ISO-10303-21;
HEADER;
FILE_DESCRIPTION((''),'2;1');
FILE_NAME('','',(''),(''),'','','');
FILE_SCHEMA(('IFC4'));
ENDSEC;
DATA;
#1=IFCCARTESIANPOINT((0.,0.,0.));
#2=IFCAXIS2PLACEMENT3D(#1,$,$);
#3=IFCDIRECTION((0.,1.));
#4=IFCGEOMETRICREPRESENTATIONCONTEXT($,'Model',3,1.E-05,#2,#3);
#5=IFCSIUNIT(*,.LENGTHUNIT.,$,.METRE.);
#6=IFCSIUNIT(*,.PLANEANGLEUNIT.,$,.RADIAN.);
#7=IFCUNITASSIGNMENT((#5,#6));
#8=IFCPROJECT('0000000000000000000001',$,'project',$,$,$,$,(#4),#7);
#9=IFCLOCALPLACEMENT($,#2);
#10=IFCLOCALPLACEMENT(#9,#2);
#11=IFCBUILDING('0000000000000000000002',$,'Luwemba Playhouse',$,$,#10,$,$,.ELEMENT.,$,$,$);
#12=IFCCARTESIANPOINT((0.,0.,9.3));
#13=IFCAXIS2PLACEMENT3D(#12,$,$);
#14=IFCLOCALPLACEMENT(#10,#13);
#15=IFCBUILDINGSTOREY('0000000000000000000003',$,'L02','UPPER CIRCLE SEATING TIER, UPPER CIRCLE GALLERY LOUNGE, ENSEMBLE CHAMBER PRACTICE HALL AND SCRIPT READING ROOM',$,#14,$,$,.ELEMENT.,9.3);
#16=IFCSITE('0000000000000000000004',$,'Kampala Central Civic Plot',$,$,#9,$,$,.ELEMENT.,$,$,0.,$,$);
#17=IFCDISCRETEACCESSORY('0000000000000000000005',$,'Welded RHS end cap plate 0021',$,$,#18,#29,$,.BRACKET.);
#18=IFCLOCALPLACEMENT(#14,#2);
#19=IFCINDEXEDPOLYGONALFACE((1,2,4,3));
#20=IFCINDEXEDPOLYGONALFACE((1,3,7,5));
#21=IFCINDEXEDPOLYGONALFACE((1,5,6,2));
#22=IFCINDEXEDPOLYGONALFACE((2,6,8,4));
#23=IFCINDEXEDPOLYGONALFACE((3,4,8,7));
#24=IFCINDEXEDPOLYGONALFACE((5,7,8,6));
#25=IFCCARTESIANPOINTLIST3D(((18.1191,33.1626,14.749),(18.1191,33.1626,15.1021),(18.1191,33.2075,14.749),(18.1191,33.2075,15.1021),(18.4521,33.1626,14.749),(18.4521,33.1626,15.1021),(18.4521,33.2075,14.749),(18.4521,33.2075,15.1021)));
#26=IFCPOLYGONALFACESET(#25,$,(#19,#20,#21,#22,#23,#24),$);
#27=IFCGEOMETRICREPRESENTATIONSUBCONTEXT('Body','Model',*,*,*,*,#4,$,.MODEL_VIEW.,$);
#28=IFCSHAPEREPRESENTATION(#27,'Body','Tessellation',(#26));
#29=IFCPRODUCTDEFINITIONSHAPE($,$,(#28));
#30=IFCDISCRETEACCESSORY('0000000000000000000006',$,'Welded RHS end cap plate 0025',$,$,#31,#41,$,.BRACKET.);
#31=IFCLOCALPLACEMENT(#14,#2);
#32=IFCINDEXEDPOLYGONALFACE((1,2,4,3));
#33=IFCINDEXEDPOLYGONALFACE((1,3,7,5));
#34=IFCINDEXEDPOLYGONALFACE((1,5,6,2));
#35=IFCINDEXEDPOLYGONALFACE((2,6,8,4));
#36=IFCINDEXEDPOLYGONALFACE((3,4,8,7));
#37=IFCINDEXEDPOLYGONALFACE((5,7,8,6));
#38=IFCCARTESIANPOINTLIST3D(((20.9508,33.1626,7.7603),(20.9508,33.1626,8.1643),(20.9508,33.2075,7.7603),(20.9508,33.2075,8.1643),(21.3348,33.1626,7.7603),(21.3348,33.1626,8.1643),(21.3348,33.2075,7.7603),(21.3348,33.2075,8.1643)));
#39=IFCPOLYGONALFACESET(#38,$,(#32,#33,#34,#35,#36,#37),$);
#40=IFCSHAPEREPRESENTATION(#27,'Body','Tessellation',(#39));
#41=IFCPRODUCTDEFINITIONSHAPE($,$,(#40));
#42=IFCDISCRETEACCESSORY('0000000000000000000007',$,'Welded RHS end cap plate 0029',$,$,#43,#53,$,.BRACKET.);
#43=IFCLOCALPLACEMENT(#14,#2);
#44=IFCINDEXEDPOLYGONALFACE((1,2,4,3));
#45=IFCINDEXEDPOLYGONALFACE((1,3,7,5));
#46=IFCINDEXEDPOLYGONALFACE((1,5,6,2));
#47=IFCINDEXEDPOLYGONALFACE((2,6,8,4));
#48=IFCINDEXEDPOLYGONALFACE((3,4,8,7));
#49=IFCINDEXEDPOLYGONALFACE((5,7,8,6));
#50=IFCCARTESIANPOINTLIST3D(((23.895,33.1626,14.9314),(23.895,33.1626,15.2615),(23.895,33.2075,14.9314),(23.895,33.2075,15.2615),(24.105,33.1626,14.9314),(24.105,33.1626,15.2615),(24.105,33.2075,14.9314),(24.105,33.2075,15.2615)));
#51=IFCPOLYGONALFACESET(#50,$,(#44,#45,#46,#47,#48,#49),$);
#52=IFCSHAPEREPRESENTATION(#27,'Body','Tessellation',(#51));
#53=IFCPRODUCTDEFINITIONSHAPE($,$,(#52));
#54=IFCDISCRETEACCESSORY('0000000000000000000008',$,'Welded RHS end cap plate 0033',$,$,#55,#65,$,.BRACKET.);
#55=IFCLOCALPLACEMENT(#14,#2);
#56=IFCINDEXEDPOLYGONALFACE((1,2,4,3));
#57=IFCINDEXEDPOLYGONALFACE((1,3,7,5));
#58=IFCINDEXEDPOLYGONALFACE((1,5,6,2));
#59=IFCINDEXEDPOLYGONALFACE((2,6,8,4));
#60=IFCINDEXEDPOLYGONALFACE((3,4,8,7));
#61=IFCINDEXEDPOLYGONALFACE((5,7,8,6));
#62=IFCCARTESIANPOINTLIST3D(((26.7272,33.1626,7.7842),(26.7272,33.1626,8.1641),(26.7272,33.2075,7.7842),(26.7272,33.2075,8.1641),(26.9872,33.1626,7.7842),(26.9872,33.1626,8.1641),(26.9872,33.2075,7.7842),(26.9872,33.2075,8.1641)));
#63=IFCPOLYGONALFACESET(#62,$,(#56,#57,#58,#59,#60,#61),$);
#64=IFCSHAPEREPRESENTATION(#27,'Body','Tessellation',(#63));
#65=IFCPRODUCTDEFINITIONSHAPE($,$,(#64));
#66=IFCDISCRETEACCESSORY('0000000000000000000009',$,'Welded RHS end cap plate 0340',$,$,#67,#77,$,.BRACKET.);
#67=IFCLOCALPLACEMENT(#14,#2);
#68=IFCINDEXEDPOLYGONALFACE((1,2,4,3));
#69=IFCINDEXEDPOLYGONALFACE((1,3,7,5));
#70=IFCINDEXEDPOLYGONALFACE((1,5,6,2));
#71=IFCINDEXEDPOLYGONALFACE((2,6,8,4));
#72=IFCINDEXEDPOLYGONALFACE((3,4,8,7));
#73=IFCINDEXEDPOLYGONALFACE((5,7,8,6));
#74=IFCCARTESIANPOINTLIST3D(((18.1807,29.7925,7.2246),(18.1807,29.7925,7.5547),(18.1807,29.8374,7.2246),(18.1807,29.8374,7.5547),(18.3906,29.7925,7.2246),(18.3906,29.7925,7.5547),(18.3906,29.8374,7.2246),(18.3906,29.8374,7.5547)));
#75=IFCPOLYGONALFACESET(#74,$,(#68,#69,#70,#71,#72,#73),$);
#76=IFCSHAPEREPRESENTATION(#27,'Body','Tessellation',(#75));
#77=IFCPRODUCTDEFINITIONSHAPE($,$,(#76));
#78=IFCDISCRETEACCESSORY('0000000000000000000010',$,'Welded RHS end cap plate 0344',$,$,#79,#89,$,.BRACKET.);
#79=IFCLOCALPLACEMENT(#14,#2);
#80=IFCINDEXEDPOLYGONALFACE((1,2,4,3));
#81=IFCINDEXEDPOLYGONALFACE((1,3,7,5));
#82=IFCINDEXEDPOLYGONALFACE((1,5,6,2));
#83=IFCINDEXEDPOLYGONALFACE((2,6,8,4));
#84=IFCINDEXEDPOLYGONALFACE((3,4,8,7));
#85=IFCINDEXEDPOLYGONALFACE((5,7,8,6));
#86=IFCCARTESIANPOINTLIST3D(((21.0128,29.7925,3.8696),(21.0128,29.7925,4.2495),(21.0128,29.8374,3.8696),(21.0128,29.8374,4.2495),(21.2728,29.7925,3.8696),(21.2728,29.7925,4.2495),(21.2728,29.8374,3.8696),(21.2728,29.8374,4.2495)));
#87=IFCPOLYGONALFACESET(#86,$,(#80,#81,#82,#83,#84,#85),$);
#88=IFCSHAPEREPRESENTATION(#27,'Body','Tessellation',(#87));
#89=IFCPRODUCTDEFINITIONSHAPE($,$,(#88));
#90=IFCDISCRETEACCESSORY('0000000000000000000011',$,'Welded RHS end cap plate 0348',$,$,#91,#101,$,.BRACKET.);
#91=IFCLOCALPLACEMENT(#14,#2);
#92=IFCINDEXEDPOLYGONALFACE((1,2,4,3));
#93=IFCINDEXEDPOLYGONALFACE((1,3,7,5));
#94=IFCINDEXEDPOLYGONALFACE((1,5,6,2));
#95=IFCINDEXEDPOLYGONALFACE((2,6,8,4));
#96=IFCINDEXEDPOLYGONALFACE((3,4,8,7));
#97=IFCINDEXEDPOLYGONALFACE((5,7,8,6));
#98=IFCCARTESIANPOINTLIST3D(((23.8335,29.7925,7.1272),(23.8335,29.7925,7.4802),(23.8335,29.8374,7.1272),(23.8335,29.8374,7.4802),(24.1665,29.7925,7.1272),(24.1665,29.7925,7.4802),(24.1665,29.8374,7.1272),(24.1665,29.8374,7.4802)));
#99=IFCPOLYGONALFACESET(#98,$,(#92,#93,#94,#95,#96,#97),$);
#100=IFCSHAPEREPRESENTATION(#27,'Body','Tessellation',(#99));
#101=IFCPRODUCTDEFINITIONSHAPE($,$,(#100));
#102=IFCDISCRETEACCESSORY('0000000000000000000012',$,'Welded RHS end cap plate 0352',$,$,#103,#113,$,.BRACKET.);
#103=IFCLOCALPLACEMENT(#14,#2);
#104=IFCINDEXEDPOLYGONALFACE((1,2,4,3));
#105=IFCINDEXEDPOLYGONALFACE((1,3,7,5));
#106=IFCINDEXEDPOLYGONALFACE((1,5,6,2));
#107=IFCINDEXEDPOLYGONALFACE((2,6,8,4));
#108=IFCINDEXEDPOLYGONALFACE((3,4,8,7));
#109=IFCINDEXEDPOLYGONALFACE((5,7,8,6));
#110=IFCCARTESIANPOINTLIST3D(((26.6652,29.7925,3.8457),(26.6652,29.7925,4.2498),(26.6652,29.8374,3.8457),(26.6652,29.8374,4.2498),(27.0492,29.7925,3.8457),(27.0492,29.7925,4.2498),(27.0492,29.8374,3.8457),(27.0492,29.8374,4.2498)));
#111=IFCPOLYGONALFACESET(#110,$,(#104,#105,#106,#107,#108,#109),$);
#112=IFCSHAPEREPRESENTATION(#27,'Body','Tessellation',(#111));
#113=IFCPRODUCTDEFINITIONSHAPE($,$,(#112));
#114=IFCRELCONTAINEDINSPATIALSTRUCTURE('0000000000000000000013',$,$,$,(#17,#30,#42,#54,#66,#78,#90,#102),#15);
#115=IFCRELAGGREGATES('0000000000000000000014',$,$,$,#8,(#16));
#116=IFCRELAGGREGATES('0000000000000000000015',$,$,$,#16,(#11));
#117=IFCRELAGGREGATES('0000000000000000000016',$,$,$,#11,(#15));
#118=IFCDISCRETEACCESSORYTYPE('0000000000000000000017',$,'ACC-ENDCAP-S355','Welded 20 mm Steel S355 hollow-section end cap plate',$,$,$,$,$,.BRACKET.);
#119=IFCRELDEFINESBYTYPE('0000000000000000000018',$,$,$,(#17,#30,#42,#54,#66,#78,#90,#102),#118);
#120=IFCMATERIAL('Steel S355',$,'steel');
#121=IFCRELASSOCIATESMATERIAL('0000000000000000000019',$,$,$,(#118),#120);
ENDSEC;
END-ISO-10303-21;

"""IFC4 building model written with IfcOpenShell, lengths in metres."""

from ifc_helpers import new_model, si_unit, direction, frame, origin, origin_2d, place, context, subcontext, project, spatial, rectangle, extrude, material, type_object, element, save


model = new_model("IFC4")

# Units and contexts
model_context = context("Model", 3, precision=1e-05, world=origin(), true_north=direction((0.0, 1.0)))
body_context = subcontext(model_context, "Body", "Model", "MODEL_VIEW")
ifc_project = project(units=[si_unit("LENGTHUNIT", "METRE"), si_unit("PLANEANGLEUNIT", "RADIAN")], contexts=[model_context])

# Site, building, storey
site_placement = place(None, origin())
site = spatial("IfcSite", under=ifc_project, at=site_placement, Name="Kampala Central Civic Plot", CompositionType="ELEMENT", RefElevation=0.0)
building_placement = place(site_placement, origin())
building = spatial("IfcBuilding", under=site, at=building_placement, Name="Luwemba Playhouse", CompositionType="ELEMENT")
storey_placement = place(building_placement, frame((0.0, 0.0, 9.3)))
storey = spatial("IfcBuildingStorey", under=building, at=storey_placement, Name="L02", Description="UPPER CIRCLE SEATING TIER, UPPER CIRCLE GALLERY LOUNGE, ENSEMBLE CHAMBER PRACTICE HALL AND SCRIPT READING ROOM", CompositionType="ELEMENT", Elevation=9.3)

# Shared definitions
ifc_material_1 = material(Name="Steel S355", Category="steel")

# Discrete accessories
discrete_accessory_type = type_object("IfcDiscreteAccessoryType", Name="ACC-ENDCAP-S355", Description="Welded 20 mm Steel S355 hollow-section end cap plate", PredefinedType="BRACKET", material=ifc_material_1)
discrete_accessory_1_placement = place(storey_placement, frame((18.2856, 33.1851, 14.749), z_axis=(0.0, 0.0, 1.0), x_axis=(1.0, 0.0, 0.0)))
element("IfcDiscreteAccessory", 1, at=discrete_accessory_1_placement, inside=storey, type_object=discrete_accessory_type, Name="Welded RHS end cap plate 0021", PredefinedType="BRACKET", context=body_context, shape_type="SweptSolid", body=[
    extrude(rectangle(XDim=0.333, YDim=0.0449, at=origin_2d()), origin(), (0.0, 0.0, 1.0), 0.353),
])
discrete_accessory_2_placement = place(storey_placement, frame((21.1428, 33.1851, 7.7603), z_axis=(0.0, 0.0, 1.0), x_axis=(1.0, 0.0, 0.0)))
element("IfcDiscreteAccessory", 2, at=discrete_accessory_2_placement, inside=storey, type_object=discrete_accessory_type, Name="Welded RHS end cap plate 0025", PredefinedType="BRACKET", context=body_context, shape_type="SweptSolid", body=[
    extrude(rectangle(XDim=0.384, YDim=0.0449, at=origin_2d()), origin(), (0.0, 0.0, 1.0), 0.4041),
])
discrete_accessory_3_placement = place(storey_placement, frame((24.0, 33.1851, 14.9314), z_axis=(0.0, 0.0, 1.0), x_axis=(1.0, 0.0, 0.0)))
element("IfcDiscreteAccessory", 3, at=discrete_accessory_3_placement, inside=storey, type_object=discrete_accessory_type, Name="Welded RHS end cap plate 0029", PredefinedType="BRACKET", context=body_context, shape_type="SweptSolid", body=[
    extrude(rectangle(XDim=0.21, YDim=0.0449, at=origin_2d()), origin(), (0.0, 0.0, 1.0), 0.3301),
])
discrete_accessory_4_placement = place(storey_placement, frame((26.8572, 33.1851, 7.7842), z_axis=(0.0, 0.0, 1.0), x_axis=(1.0, 0.0, 0.0)))
element("IfcDiscreteAccessory", 4, at=discrete_accessory_4_placement, inside=storey, type_object=discrete_accessory_type, Name="Welded RHS end cap plate 0033", PredefinedType="BRACKET", context=body_context, shape_type="SweptSolid", body=[
    extrude(rectangle(XDim=0.26, YDim=0.0449, at=origin_2d()), origin(), (0.0, 0.0, 1.0), 0.3799),
])
discrete_accessory_5_placement = place(storey_placement, frame((18.2856, 29.8149, 7.2246), z_axis=(0.0, 0.0, 1.0), x_axis=(1.0, 0.0, 0.0)))
element("IfcDiscreteAccessory", 5, at=discrete_accessory_5_placement, inside=storey, type_object=discrete_accessory_type, Name="Welded RHS end cap plate 0340", PredefinedType="BRACKET", context=body_context, shape_type="SweptSolid", body=[
    extrude(rectangle(XDim=0.21, YDim=0.0449, at=origin_2d()), origin(), (0.0, 0.0, 1.0), 0.3301),
])
discrete_accessory_6_placement = place(storey_placement, frame((21.1428, 29.8149, 3.8696), z_axis=(0.0, 0.0, 1.0), x_axis=(1.0, 0.0, 0.0)))
element("IfcDiscreteAccessory", 6, at=discrete_accessory_6_placement, inside=storey, type_object=discrete_accessory_type, Name="Welded RHS end cap plate 0344", PredefinedType="BRACKET", context=body_context, shape_type="SweptSolid", body=[
    extrude(rectangle(XDim=0.26, YDim=0.0449, at=origin_2d()), origin(), (0.0, 0.0, 1.0), 0.3799),
])
discrete_accessory_7_placement = place(storey_placement, frame((24.0, 29.8149, 7.1272), z_axis=(0.0, 0.0, 1.0), x_axis=(1.0, 0.0, 0.0)))
element("IfcDiscreteAccessory", 7, at=discrete_accessory_7_placement, inside=storey, type_object=discrete_accessory_type, Name="Welded RHS end cap plate 0348", PredefinedType="BRACKET", context=body_context, shape_type="SweptSolid", body=[
    extrude(rectangle(XDim=0.333, YDim=0.0449, at=origin_2d()), origin(), (0.0, 0.0, 1.0), 0.353),
])
discrete_accessory_8_placement = place(storey_placement, frame((26.8572, 29.8149, 3.8457), z_axis=(0.0, 0.0, 1.0), x_axis=(1.0, 0.0, 0.0)))
element("IfcDiscreteAccessory", 8, at=discrete_accessory_8_placement, inside=storey, type_object=discrete_accessory_type, Name="Welded RHS end cap plate 0352", PredefinedType="BRACKET", context=body_context, shape_type="SweptSolid", body=[
    extrude(rectangle(XDim=0.384, YDim=0.0449, at=origin_2d()), origin(), (0.0, 0.0, 1.0), 0.4041),
])

save(model, "model.ifc")
